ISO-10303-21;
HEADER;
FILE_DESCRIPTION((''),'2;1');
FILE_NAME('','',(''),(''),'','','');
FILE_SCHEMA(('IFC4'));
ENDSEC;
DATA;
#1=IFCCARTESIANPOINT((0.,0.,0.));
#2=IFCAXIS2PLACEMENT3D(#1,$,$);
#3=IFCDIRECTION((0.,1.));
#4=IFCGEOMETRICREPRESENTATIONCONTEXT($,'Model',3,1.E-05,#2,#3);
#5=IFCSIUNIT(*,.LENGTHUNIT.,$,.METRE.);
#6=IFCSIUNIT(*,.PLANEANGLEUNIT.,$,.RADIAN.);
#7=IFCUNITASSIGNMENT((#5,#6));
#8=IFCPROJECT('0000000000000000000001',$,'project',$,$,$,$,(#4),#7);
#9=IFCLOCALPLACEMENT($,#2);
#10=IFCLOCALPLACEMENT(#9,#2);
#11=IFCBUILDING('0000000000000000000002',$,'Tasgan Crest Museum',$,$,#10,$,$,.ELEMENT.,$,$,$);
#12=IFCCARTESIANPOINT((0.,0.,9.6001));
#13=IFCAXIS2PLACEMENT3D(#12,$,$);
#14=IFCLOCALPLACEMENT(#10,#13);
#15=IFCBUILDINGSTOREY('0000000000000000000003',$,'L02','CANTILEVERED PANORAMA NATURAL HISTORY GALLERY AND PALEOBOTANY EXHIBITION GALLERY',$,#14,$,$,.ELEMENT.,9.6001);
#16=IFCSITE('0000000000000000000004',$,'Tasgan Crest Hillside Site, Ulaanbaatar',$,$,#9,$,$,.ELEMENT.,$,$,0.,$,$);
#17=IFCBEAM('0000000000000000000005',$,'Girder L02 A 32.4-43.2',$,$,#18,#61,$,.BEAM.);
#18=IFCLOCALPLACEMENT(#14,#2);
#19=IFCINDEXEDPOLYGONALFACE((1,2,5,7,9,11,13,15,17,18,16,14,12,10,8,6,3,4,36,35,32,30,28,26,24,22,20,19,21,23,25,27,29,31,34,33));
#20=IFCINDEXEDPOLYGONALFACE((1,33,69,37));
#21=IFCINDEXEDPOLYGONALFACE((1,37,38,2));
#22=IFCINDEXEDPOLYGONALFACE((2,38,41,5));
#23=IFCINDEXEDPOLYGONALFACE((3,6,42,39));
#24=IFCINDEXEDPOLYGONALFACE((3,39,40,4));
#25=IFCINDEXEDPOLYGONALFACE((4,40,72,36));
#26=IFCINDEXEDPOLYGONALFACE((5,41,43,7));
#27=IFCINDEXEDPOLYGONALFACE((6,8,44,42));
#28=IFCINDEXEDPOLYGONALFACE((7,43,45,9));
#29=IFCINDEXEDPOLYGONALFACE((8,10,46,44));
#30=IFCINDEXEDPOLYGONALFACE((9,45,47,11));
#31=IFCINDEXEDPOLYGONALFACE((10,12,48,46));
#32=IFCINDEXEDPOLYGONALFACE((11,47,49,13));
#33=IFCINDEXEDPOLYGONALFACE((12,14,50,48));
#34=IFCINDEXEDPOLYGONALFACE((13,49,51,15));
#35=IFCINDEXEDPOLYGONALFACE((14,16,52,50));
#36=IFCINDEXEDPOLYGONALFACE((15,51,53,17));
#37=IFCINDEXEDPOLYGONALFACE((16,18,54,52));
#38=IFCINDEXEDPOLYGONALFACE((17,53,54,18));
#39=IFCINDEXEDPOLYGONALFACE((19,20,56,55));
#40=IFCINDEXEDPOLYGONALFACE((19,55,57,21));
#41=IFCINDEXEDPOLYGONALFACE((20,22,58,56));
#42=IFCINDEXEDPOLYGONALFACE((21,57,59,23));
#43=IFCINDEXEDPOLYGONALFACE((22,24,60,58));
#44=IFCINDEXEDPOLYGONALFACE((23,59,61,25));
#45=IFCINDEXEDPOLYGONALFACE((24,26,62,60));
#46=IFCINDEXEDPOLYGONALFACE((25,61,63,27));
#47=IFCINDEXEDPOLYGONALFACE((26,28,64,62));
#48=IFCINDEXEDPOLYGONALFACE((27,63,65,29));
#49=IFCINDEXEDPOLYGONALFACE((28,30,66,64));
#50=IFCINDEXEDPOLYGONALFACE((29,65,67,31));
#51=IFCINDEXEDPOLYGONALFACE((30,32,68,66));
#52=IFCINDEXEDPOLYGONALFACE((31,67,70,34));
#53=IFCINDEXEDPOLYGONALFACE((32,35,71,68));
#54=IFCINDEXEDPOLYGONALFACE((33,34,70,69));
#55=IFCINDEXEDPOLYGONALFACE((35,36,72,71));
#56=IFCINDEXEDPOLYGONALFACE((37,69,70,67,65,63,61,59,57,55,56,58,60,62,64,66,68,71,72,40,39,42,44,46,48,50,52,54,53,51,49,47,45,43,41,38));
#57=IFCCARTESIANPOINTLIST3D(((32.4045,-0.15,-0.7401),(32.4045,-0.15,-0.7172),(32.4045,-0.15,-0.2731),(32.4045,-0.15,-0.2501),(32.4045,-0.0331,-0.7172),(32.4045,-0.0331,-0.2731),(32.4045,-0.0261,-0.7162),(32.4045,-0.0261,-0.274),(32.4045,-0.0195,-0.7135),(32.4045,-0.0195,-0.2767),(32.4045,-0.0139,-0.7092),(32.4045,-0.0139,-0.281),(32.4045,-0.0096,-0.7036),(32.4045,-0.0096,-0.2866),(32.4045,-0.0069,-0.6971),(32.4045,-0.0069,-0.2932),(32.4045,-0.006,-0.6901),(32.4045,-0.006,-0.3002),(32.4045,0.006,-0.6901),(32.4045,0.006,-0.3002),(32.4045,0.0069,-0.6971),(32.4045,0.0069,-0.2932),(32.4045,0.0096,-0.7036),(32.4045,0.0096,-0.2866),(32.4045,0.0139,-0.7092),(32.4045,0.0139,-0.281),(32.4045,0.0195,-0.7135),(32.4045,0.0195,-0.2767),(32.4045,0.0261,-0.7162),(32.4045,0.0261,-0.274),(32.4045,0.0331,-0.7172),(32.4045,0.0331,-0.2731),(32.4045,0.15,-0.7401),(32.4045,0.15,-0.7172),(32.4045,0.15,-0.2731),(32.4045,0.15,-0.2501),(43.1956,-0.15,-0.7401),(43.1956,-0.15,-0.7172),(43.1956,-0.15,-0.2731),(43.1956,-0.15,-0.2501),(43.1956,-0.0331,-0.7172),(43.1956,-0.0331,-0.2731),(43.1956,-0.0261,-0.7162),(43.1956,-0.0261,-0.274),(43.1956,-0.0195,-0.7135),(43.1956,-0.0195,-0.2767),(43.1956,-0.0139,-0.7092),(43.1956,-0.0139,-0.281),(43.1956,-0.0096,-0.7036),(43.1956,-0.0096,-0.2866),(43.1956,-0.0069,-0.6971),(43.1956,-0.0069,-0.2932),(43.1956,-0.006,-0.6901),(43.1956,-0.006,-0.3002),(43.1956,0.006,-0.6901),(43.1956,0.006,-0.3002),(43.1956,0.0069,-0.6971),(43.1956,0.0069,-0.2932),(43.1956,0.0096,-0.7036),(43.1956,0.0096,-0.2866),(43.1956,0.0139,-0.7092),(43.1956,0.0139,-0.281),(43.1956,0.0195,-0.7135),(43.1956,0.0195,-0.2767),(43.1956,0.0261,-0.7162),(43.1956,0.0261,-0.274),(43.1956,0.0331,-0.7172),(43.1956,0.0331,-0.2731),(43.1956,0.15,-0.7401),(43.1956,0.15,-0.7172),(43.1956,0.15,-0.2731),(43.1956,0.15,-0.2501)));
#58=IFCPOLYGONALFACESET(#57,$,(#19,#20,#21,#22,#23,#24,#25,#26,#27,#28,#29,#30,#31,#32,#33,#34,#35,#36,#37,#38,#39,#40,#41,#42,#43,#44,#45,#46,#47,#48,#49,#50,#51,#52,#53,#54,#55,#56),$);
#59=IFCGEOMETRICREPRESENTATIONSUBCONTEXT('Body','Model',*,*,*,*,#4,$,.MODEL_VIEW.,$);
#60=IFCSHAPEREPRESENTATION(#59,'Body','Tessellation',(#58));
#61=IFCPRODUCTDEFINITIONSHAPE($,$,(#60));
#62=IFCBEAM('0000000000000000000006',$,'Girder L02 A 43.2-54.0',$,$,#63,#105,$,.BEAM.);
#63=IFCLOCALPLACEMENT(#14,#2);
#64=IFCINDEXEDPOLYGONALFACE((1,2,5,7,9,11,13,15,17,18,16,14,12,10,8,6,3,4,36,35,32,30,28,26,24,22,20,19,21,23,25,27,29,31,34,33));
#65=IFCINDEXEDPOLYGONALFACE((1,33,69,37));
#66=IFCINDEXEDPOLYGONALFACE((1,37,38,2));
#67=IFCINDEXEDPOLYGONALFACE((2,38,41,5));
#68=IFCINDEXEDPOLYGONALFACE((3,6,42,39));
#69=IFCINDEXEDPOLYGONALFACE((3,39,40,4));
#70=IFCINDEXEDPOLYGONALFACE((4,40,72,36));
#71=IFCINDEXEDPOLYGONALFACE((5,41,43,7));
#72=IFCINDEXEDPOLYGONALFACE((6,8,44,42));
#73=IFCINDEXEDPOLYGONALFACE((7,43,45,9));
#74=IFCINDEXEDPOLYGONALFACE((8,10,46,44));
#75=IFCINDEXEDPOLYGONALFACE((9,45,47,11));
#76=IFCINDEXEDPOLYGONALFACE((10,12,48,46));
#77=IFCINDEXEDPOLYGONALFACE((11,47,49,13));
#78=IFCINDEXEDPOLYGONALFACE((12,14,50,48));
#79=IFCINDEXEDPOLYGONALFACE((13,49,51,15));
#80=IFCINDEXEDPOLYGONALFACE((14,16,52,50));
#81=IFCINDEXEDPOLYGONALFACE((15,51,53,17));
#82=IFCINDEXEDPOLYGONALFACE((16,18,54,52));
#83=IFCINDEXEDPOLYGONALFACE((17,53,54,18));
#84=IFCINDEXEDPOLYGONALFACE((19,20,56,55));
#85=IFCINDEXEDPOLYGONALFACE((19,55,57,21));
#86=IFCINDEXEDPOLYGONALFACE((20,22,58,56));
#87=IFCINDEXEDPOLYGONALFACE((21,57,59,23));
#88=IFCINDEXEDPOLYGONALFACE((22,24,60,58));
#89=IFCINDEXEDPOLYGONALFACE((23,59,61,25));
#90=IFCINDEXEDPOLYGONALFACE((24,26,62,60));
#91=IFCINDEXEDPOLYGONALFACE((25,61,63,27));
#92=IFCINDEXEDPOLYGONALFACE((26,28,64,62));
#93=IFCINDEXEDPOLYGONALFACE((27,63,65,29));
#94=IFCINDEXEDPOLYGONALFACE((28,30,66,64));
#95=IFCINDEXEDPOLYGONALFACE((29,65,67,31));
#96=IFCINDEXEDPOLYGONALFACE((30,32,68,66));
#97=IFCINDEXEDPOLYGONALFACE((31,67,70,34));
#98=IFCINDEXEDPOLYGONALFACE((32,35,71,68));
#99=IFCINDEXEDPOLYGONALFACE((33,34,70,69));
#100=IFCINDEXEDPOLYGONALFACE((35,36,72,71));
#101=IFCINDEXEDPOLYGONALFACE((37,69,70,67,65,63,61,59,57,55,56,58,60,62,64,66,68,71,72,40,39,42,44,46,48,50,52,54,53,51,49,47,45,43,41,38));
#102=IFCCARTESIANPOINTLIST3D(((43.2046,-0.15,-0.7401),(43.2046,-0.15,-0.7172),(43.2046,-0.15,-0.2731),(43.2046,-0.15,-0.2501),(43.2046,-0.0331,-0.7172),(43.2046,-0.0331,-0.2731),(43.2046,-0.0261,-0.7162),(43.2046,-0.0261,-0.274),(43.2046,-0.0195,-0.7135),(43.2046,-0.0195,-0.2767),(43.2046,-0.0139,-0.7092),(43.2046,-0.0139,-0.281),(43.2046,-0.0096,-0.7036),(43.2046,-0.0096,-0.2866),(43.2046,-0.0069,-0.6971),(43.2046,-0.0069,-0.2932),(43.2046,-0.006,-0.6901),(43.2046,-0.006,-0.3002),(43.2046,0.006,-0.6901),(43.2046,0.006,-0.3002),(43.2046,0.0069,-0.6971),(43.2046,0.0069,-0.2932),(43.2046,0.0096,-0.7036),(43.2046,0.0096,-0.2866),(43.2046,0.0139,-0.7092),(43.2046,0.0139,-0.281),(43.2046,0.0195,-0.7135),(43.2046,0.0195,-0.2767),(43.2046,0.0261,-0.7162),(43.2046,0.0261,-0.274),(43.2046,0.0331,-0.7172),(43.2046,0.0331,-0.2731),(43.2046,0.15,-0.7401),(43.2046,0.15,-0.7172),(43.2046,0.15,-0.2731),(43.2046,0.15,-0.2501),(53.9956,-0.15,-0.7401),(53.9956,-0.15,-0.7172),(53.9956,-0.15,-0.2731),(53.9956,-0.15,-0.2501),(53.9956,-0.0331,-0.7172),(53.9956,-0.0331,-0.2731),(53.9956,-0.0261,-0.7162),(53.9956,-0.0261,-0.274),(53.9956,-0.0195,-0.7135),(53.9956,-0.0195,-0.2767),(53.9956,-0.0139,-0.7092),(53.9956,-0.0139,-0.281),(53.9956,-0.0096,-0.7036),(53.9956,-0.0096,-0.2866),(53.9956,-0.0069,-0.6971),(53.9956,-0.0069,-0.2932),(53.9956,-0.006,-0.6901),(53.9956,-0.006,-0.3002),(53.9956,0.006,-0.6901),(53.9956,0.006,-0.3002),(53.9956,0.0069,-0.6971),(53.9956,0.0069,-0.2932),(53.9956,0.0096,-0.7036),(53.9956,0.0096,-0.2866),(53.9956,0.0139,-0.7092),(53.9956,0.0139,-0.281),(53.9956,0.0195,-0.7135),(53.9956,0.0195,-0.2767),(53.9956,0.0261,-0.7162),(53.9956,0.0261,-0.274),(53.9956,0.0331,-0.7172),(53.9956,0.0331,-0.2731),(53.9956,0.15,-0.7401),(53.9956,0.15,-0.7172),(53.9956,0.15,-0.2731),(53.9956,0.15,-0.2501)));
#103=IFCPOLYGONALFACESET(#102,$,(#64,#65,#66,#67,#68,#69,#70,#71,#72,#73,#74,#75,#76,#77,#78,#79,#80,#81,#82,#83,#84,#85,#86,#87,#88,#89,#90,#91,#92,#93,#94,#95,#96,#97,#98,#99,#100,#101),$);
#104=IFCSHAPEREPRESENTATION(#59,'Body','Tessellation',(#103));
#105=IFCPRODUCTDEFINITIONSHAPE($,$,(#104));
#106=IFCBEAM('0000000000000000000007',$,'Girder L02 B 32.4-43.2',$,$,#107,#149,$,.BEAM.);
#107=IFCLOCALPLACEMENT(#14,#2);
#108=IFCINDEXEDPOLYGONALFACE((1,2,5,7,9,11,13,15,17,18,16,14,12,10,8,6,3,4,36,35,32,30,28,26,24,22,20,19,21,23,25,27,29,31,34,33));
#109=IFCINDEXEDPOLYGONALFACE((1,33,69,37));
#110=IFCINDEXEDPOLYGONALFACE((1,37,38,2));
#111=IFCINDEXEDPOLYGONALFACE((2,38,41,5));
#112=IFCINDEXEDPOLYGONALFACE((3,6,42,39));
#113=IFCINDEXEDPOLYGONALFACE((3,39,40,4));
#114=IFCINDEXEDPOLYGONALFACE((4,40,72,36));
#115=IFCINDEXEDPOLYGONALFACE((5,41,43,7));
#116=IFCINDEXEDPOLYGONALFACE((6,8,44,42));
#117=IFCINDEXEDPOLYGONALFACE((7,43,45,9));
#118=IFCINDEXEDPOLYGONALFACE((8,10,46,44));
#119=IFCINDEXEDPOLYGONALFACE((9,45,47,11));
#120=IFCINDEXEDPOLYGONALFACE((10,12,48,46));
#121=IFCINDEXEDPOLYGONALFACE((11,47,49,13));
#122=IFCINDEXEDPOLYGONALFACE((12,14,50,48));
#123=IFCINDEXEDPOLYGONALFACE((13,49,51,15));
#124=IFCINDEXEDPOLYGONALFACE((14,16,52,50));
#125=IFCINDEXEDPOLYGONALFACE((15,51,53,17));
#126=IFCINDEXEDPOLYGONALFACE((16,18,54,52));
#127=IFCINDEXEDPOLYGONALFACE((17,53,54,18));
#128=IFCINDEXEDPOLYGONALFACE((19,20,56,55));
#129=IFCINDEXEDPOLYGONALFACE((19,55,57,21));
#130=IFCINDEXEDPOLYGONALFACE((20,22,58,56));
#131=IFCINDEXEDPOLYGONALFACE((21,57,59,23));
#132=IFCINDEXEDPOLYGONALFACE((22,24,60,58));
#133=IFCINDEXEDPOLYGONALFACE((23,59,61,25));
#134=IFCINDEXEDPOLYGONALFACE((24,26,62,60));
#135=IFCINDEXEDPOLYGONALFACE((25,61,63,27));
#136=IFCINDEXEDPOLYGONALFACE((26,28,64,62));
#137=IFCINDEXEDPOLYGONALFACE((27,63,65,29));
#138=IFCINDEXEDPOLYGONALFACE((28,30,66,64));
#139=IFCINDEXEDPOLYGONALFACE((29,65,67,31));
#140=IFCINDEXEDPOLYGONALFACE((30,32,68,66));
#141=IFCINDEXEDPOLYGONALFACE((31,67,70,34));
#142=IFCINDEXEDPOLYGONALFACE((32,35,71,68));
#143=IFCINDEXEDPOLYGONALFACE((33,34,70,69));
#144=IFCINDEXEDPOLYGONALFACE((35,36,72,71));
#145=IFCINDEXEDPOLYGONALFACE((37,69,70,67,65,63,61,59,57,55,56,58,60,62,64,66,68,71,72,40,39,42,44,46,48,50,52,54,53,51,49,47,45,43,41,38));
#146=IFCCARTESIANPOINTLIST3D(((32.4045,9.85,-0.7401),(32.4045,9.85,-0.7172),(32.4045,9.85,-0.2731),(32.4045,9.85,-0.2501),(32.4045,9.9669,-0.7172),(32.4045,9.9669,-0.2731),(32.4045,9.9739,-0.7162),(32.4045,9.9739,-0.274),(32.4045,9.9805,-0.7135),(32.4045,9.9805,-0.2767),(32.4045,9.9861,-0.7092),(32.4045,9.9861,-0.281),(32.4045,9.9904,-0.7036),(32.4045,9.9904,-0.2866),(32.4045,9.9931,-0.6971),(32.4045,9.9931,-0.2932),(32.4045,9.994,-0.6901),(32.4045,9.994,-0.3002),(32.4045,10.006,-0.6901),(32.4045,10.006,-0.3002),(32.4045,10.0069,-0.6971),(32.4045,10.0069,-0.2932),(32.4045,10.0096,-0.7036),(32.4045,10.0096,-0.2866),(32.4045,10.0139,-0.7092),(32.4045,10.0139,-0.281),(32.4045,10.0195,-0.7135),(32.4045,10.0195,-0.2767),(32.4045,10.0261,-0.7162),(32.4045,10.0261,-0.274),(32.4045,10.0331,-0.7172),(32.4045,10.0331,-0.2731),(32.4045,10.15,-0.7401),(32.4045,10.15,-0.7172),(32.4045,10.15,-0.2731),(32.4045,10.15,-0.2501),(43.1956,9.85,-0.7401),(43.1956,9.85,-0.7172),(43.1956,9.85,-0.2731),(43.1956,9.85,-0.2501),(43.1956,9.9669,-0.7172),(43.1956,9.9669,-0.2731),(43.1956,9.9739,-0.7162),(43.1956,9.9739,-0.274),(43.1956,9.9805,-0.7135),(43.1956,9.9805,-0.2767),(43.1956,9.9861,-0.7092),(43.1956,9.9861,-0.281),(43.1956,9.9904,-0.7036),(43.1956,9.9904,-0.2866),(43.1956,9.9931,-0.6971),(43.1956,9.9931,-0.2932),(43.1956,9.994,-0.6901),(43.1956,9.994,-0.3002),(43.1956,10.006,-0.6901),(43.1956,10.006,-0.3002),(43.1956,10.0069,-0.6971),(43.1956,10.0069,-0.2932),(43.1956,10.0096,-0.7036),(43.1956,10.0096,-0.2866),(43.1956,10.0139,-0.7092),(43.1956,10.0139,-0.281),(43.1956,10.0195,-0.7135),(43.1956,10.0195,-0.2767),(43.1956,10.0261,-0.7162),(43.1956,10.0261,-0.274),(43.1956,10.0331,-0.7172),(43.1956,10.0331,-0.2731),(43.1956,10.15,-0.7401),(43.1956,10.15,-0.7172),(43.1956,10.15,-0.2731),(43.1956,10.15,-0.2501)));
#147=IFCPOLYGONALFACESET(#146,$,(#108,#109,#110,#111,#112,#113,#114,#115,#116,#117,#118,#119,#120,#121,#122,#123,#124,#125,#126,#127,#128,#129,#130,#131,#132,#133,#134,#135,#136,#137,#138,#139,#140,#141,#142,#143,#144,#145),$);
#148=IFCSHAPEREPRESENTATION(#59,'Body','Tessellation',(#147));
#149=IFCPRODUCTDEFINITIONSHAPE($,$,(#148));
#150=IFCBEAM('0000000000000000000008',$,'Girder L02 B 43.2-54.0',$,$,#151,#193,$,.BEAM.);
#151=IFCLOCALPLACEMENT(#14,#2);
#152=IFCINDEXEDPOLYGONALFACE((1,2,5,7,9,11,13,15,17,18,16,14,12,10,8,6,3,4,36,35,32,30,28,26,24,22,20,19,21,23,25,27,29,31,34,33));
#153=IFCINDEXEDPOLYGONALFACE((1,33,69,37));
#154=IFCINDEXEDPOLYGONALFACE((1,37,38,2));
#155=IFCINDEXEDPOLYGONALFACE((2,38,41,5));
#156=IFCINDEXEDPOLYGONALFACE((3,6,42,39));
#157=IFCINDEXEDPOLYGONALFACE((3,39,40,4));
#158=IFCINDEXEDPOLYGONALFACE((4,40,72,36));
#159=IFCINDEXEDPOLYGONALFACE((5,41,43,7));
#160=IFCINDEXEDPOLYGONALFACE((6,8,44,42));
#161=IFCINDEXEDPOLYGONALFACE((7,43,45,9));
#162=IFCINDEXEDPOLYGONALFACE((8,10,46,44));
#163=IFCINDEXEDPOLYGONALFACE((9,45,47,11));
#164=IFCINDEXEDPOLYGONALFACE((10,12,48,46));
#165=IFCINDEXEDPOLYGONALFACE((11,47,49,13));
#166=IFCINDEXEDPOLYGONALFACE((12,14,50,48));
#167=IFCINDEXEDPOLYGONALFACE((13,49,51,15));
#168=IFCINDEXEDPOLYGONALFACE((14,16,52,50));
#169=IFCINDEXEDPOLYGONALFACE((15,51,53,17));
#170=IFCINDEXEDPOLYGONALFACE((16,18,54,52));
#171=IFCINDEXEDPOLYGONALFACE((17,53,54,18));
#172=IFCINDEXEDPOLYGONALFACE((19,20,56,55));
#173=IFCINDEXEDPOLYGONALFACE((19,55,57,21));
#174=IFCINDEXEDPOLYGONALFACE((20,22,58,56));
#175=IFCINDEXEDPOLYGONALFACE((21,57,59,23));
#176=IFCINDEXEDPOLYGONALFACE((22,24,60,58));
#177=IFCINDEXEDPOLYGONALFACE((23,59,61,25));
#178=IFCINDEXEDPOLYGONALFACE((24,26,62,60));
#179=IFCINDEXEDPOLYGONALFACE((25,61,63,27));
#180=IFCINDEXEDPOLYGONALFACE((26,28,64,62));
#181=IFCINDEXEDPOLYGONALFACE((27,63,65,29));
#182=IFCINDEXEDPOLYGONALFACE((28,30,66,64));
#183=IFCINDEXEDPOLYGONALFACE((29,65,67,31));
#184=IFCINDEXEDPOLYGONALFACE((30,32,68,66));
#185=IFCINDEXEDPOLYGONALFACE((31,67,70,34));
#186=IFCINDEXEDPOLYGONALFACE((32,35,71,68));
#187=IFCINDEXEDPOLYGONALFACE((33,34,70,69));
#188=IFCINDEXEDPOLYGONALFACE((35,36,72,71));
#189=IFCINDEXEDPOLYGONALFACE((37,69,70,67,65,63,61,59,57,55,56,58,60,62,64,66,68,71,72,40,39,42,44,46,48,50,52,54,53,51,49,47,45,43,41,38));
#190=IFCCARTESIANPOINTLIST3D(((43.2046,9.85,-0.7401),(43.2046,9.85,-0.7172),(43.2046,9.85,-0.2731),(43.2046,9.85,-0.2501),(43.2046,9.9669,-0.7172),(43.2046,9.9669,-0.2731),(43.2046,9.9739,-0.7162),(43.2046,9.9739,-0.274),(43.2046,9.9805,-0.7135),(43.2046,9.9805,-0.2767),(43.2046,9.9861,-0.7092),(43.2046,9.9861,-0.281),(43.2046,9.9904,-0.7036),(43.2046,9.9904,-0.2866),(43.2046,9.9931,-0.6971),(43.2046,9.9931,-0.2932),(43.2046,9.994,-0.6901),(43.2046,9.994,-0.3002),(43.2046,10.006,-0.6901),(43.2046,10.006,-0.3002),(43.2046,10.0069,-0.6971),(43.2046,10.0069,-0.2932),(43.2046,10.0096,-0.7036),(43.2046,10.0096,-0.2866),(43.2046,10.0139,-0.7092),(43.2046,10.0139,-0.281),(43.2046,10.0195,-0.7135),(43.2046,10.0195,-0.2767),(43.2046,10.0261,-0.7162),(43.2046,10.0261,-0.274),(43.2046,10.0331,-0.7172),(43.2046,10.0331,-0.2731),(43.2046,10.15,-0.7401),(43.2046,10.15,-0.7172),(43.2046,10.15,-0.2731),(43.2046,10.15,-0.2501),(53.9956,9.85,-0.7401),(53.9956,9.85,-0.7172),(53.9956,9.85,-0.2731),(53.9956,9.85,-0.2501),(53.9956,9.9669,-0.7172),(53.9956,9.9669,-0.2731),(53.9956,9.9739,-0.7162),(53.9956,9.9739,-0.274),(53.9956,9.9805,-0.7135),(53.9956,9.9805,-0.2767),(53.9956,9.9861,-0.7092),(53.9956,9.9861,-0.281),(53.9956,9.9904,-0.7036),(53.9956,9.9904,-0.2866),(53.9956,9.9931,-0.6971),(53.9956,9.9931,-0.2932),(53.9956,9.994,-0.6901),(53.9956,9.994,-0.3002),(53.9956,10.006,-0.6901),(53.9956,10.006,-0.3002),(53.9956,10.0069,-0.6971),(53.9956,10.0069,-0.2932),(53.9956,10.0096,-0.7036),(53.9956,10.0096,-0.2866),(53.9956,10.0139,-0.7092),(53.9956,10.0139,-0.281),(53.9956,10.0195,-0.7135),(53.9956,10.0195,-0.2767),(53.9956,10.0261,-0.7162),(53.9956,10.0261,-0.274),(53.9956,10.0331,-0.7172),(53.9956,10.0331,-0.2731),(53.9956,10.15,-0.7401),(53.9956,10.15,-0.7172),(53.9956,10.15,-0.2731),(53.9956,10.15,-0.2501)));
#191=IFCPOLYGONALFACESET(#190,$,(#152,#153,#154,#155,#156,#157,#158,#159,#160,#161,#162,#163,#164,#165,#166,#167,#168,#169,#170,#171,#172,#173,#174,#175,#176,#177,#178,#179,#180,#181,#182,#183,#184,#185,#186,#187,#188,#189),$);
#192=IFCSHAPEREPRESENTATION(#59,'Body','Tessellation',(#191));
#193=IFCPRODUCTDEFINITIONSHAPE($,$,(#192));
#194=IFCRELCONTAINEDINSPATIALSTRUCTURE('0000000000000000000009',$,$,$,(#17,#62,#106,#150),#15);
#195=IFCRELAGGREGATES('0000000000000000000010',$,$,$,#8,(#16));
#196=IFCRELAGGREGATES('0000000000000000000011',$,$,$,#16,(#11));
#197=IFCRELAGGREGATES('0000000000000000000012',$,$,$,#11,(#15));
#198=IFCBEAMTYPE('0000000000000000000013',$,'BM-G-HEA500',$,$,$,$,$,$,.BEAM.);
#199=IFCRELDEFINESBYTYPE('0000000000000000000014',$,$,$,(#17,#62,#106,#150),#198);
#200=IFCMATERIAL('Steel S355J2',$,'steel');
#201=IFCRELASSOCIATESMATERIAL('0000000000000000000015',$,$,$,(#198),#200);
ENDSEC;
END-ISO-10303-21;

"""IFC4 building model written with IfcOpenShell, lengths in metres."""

from ifc_helpers import new_model, si_unit, direction, frame, origin, origin_2d, place, context, subcontext, project, spatial, i_section, extrude, material, material_profile, profile_set, type_object, element, save


model = new_model("IFC4")

# Units and contexts
model_context = context("Model", 3, precision=1e-05, world=origin(), true_north=direction((0.0, 1.0)))
body_context = subcontext(model_context, "Body", "Model", "MODEL_VIEW")
ifc_project = project(units=[si_unit("LENGTHUNIT", "METRE"), si_unit("PLANEANGLEUNIT", "RADIAN")], contexts=[model_context])

# Site, building, storey
site_placement = place(None, origin())
site = spatial("IfcSite", under=ifc_project, at=site_placement, Name="Tasgan Crest Hillside Site, Ulaanbaatar", CompositionType="ELEMENT", RefElevation=0.0)
building_placement = place(site_placement, origin())
building = spatial("IfcBuilding", under=site, at=building_placement, Name="Tasgan Crest Museum", CompositionType="ELEMENT")
storey_placement = place(building_placement, frame((0.0, 0.0, 9.6001)))
storey = spatial("IfcBuildingStorey", under=building, at=storey_placement, Name="L02", Description="CANTILEVERED PANORAMA NATURAL HISTORY GALLERY AND PALEOBOTANY EXHIBITION GALLERY", CompositionType="ELEMENT", Elevation=9.6001)

# Beams
ifc_material_1 = material(Name="Steel S355J2", Category="steel")
ifc_material_profile_1 = material_profile(ifc_material_1, i_section(OverallWidth=0.3, OverallDepth=0.49, WebThickness=0.012, FlangeThickness=0.0229, FilletRadius=0.0271, at=origin_2d()), Name="HEA 500")
ifc_profile_set_1 = profile_set([ifc_material_profile_1], Name="Steel S355J2")
beam_type_1 = type_object("IfcBeamType", Name="BM-G-HEA500", PredefinedType="BEAM", material=ifc_profile_set_1)
for number, where, z_axis, x_axis, name in (
    (1, (32.4045, 0.0, -0.4951), (1.0, 0.0, 0.0), (0.0, 1.0, 0.0), "Girder L02 A 32.4-43.2"),
    (2, (43.2046, 0.0, -0.4951), (1.0, 0.0, 0.0), (0.0, 1.0, 0.0), "Girder L02 A 43.2-54.0"),
    (3, (32.4045, 10.0, -0.4951), (1.0, 0.0, 0.0), (0.0, 1.0, 0.0), "Girder L02 B 32.4-43.2"),
    (4, (43.2046, 10.0, -0.4951), (1.0, 0.0, 0.0), (0.0, 1.0, 0.0), "Girder L02 B 43.2-54.0"),
):
    element("IfcBeam", number, at=place(storey_placement, frame(where, z_axis=z_axis, x_axis=x_axis)), inside=storey, type_object=beam_type_1, Name=name, PredefinedType="BEAM", context=body_context, shape_type="SweptSolid", body=[
        extrude(i_section(OverallWidth=0.3, OverallDepth=0.49, WebThickness=0.012, FlangeThickness=0.0229, FilletRadius=0.0271, at=origin_2d()), origin(), (0.0, 0.0, 1.0), 10.791),
    ])

save(model, "model.ifc")
